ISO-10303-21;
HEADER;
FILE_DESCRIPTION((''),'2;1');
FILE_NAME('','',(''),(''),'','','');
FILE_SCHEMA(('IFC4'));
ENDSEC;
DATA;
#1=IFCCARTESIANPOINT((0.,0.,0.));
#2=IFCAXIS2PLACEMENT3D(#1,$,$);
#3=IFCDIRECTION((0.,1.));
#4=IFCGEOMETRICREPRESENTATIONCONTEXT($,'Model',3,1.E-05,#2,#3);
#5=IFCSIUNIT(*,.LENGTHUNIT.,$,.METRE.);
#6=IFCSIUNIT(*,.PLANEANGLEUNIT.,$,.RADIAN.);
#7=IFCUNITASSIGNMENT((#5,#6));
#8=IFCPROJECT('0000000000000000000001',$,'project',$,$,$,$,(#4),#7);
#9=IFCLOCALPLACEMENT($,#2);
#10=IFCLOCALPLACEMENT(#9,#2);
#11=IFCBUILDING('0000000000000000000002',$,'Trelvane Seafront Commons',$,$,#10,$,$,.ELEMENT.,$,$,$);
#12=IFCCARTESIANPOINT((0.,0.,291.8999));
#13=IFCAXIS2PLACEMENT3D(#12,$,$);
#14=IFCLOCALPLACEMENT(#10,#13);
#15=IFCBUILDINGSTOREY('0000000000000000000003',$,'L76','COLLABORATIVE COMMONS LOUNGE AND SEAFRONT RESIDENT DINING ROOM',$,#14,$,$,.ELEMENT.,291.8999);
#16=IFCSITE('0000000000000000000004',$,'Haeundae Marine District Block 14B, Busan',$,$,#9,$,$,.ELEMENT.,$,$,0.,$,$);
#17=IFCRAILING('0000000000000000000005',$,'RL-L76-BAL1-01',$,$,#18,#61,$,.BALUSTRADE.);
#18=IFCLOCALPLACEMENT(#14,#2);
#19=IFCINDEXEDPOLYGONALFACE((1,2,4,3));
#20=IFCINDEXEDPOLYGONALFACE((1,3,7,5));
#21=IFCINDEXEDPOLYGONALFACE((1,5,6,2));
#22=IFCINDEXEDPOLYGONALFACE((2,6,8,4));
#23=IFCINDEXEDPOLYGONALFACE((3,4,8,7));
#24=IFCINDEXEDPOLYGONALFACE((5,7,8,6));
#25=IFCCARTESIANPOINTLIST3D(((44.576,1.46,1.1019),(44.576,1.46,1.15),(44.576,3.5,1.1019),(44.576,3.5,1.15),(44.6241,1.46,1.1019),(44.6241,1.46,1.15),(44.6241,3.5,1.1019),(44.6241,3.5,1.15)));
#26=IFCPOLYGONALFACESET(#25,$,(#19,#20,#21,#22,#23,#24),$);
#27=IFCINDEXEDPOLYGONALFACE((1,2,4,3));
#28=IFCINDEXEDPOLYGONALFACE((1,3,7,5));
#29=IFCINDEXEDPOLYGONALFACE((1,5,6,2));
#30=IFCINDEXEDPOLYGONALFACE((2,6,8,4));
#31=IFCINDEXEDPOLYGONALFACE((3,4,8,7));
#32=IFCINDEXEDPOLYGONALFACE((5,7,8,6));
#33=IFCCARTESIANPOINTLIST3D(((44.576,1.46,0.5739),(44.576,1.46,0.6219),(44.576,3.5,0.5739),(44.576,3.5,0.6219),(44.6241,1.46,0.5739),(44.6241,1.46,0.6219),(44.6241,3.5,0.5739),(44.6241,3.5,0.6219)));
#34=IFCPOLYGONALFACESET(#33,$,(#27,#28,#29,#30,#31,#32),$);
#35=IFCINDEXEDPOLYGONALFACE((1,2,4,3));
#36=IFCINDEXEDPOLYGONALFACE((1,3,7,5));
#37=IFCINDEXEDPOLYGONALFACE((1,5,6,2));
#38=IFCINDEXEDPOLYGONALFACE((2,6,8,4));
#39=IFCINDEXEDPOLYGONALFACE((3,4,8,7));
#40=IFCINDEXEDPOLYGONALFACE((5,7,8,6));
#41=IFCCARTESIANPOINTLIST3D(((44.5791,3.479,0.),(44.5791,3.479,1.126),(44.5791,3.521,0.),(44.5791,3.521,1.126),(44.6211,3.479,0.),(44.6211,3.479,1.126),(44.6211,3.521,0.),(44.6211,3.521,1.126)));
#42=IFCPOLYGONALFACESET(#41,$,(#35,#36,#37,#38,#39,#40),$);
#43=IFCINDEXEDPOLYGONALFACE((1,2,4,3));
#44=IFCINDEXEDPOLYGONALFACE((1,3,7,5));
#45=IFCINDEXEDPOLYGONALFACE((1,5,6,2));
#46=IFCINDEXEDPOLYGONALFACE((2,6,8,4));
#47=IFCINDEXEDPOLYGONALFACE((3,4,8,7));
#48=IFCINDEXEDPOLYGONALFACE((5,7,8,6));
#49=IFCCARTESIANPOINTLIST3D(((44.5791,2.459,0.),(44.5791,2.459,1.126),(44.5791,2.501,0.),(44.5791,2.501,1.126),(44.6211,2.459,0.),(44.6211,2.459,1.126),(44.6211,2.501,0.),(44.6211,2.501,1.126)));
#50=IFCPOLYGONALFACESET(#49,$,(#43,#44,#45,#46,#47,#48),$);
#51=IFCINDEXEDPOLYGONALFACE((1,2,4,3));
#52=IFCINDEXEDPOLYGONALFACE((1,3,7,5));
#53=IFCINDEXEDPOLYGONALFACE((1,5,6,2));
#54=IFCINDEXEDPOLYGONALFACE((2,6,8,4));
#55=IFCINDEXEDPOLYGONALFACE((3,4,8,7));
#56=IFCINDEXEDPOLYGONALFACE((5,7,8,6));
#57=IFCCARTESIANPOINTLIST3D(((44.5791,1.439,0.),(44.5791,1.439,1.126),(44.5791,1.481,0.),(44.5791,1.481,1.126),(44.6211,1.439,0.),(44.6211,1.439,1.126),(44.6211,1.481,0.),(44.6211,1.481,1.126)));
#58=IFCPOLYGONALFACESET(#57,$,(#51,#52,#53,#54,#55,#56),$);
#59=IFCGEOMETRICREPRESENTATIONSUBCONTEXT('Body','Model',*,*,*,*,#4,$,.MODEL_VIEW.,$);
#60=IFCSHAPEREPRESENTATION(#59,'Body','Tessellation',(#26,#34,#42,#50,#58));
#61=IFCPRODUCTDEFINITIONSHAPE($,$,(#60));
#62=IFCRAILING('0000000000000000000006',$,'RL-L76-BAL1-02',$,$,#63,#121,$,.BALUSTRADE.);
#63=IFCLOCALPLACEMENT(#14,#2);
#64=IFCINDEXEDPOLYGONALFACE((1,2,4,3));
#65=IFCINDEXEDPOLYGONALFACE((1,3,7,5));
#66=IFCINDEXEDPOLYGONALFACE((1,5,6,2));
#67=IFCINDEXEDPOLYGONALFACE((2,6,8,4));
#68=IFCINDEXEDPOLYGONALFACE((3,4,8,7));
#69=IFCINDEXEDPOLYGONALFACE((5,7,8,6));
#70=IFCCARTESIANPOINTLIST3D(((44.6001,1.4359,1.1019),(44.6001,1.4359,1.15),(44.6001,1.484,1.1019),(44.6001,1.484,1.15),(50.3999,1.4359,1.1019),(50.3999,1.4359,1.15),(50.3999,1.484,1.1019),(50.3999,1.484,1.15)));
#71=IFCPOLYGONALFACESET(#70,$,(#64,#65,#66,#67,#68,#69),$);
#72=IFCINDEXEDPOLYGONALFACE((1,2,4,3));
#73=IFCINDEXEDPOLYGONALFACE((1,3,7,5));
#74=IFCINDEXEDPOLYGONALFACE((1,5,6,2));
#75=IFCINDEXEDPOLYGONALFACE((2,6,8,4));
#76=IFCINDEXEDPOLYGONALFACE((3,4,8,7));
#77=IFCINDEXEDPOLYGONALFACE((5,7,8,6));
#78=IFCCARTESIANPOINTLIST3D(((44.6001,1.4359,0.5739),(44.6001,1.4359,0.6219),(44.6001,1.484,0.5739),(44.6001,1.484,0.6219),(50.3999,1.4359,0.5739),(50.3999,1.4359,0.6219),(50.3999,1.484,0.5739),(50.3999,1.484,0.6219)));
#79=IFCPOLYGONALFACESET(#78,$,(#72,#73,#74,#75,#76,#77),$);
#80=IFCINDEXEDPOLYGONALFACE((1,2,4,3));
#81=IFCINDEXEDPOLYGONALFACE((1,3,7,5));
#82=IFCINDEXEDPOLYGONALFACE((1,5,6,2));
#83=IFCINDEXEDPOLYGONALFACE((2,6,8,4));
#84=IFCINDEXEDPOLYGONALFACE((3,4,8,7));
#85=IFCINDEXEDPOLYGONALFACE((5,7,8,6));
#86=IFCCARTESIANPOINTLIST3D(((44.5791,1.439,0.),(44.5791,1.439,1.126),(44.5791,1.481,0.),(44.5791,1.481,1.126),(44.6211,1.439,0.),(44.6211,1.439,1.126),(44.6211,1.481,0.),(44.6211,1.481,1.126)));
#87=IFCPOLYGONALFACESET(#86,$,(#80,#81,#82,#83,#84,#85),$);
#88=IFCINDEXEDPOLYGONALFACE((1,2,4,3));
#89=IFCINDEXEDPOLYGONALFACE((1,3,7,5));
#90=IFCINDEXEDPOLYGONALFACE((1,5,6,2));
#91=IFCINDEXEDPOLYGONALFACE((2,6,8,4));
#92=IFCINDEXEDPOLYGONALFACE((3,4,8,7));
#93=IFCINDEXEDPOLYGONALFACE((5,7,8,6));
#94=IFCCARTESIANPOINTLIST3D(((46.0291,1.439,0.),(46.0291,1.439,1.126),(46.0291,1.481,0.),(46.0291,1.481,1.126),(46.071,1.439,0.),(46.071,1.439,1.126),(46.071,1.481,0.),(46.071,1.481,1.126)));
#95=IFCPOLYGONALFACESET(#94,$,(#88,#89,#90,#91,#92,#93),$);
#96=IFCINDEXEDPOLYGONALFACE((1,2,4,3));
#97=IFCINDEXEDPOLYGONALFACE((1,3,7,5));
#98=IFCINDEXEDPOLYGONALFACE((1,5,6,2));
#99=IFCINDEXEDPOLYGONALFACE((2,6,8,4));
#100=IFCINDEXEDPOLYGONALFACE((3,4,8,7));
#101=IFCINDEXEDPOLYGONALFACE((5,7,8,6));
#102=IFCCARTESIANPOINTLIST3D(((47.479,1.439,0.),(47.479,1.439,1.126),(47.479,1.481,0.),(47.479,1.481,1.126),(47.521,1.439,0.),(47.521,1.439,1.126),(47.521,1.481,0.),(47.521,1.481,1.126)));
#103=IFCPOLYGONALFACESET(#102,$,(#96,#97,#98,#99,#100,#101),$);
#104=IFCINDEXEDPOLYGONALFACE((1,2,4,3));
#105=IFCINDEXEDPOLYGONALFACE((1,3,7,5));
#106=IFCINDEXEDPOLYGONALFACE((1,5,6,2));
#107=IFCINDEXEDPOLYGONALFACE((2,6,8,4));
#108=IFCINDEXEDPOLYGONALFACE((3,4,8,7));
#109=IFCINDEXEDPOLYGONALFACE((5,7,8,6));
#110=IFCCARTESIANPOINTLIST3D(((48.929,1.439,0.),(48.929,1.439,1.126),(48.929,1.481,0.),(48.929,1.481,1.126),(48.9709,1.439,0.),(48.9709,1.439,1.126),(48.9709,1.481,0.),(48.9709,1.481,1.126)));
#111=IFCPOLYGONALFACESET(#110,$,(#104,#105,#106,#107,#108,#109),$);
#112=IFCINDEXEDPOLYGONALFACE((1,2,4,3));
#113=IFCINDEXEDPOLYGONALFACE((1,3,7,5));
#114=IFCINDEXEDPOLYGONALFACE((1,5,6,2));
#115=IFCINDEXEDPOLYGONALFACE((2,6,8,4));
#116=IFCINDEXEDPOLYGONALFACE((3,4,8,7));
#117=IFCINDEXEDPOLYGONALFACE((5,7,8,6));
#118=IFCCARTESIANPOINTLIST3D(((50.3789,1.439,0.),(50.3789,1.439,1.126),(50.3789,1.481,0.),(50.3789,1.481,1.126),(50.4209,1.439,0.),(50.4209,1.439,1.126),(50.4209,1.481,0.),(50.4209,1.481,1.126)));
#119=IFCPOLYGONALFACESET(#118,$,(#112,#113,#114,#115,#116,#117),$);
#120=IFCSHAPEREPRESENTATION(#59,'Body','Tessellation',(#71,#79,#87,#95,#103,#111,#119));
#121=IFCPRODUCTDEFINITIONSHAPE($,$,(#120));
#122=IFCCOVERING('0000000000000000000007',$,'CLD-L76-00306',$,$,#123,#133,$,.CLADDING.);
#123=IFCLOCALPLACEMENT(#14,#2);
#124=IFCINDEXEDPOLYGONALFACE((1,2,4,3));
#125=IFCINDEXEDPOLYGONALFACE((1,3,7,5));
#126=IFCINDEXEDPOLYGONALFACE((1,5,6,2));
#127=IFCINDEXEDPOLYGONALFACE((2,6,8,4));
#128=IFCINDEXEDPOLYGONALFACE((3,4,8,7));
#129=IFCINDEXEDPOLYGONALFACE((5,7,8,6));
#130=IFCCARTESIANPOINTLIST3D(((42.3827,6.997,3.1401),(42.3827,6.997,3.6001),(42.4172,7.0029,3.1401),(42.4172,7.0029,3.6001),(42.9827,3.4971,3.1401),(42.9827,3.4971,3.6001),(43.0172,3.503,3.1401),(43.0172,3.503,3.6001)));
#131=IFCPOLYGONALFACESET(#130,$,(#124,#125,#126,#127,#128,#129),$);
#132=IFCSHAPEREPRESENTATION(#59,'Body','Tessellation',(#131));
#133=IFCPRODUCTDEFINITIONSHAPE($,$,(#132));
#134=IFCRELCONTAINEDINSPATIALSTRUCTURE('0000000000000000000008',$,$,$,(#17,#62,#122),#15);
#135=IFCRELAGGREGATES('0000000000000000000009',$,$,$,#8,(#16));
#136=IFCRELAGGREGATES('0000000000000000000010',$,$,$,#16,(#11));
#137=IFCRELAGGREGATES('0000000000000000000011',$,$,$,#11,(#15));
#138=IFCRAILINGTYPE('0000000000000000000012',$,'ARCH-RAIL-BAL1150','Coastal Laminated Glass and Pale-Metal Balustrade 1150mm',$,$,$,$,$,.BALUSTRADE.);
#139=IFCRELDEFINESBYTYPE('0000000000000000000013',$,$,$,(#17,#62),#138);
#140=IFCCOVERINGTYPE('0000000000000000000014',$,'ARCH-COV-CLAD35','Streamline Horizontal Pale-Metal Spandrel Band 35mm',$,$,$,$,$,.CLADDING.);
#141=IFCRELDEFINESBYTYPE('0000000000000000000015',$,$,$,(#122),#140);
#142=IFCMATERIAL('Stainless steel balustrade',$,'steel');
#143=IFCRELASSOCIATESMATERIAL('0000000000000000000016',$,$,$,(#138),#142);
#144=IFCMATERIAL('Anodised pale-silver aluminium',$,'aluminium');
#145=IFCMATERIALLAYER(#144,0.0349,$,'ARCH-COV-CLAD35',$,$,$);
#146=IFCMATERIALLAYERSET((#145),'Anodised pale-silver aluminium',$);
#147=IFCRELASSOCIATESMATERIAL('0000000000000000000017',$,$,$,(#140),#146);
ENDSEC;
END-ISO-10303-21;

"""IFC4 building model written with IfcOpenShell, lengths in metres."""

from ifc_helpers import new_model, si_unit, direction, frame, origin, origin_2d, place, context, subcontext, project, spatial, rectangle, extrude, source, transform, mapped, material, layer, layer_set, type_object, element, save


model = new_model("IFC4")

# Units and contexts
model_context = context("Model", 3, precision=1e-05, world=origin(), true_north=direction((0.0, 1.0)))
body_context = subcontext(model_context, "Body", "Model", "MODEL_VIEW")
ifc_project = project(units=[si_unit("LENGTHUNIT", "METRE"), si_unit("PLANEANGLEUNIT", "RADIAN")], contexts=[model_context])

# Site, building, storey
site_placement = place(None, origin())
site = spatial("IfcSite", under=ifc_project, at=site_placement, Name="Haeundae Marine District Block 14B, Busan", CompositionType="ELEMENT", RefElevation=0.0)
building_placement = place(site_placement, origin())
building = spatial("IfcBuilding", under=site, at=building_placement, Name="Trelvane Seafront Commons", CompositionType="ELEMENT")
storey_placement = place(building_placement, frame((0.0, 0.0, 291.8999)))
storey = spatial("IfcBuildingStorey", under=building, at=storey_placement, Name="L76", Description="COLLABORATIVE COMMONS LOUNGE AND SEAFRONT RESIDENT DINING ROOM", CompositionType="ELEMENT", Elevation=291.8999)

# Shared definitions
ifc_material_1 = material(Name="Anodised pale-silver aluminium", Category="aluminium")

# Railings
ifc_material_2 = material(Name="Stainless steel balustrade", Category="steel")
railing_type = type_object("IfcRailingType", Name="ARCH-RAIL-BAL1150", Description="Coastal Laminated Glass and Pale-Metal Balustrade 1150mm", PredefinedType="BALUSTRADE", material=ifc_material_2)
railing_1_placement = place(storey_placement, frame((44.6001, 3.5, 0.0)))
element("IfcRailing", 1, at=railing_1_placement, inside=storey, type_object=railing_type, Name="RL-L76-BAL1-01", PredefinedType="BALUSTRADE", context=body_context, shape_type="SweptSolid", body=[
    extrude(rectangle(XDim=0.0481, YDim=0.0481, at=origin_2d()), frame((0.0, 0.0, 1.126), z_axis=(0.0, -1.0, 0.0), x_axis=(1.0, 0.0, 0.0)), (0.0, 0.0, 1.0), 2.04),
    extrude(rectangle(XDim=0.0481, YDim=0.0481, at=origin_2d()), frame((0.0, 0.0, 0.5979), z_axis=(0.0, -1.0, 0.0), x_axis=(1.0, 0.0, 0.0)), (0.0, 0.0, 1.0), 2.04),
    extrude(rectangle(XDim=0.042, YDim=0.042, at=origin_2d()), origin(), (0.0, 0.0, 1.0), 1.126),
    extrude(rectangle(XDim=0.042, YDim=0.042, at=origin_2d()), frame((0.0, -1.02, 0.0)), (0.0, 0.0, 1.0), 1.126),
    extrude(rectangle(XDim=0.042, YDim=0.042, at=origin_2d()), frame((0.0, -2.04, 0.0)), (0.0, 0.0, 1.0), 1.126),
])
railing_2_placement = place(storey_placement, frame((44.6001, 1.46, 0.0)))
element("IfcRailing", 2, at=railing_2_placement, inside=storey, type_object=railing_type, Name="RL-L76-BAL1-02", PredefinedType="BALUSTRADE", context=body_context, shape_type="SweptSolid", body=[
    extrude(rectangle(XDim=0.0481, YDim=0.0481, at=origin_2d()), frame((0.0, 0.0, 1.126), z_axis=(1.0, 0.0, 0.0), x_axis=(0.0, 1.0, 0.0)), (0.0, 0.0, 1.0), 5.7998),
    extrude(rectangle(XDim=0.0481, YDim=0.0481, at=origin_2d()), frame((0.0, 0.0, 0.5979), z_axis=(1.0, 0.0, 0.0), x_axis=(0.0, 1.0, 0.0)), (0.0, 0.0, 1.0), 5.7998),
    extrude(rectangle(XDim=0.042, YDim=0.042, at=origin_2d()), origin(), (0.0, 0.0, 1.0), 1.126),
    extrude(rectangle(XDim=0.042, YDim=0.042, at=origin_2d()), frame((1.45, 0.0, 0.0)), (0.0, 0.0, 1.0), 1.126),
    extrude(rectangle(XDim=0.042, YDim=0.042, at=origin_2d()), frame((2.8999, 0.0, 0.0)), (0.0, 0.0, 1.0), 1.126),
    extrude(rectangle(XDim=0.042, YDim=0.042, at=origin_2d()), frame((4.3499, 0.0, 0.0)), (0.0, 0.0, 1.0), 1.126),
    extrude(rectangle(XDim=0.042, YDim=0.042, at=origin_2d()), frame((5.7998, 0.0, 0.0)), (0.0, 0.0, 1.0), 1.126),
])

# Covering
ifc_layer_1 = layer(ifc_material_1, 0.0349, Name="ARCH-COV-CLAD35")
ifc_layer_set_1 = layer_set([ifc_layer_1], Name="Anodised pale-silver aluminium")
covering_type = type_object("IfcCoveringType", Name="ARCH-COV-CLAD35", Description="Streamline Horizontal Pale-Metal Spandrel Band 35mm", PredefinedType="CLADDING", material=ifc_layer_set_1)
shared_shape_1 = source(origin(), body_context, "Body", "SweptSolid", [
    extrude(rectangle(XDim=3.551, YDim=0.0349, at=origin_2d()), origin(), (0.0, 0.0, 1.0), 0.46),
])
covering_placement = place(storey_placement, frame((42.7, 5.25, 3.1401), z_axis=(0.0, 0.0, 1.0), x_axis=(-0.168964, 0.985622, 0.0)))
element("IfcCovering", 3, at=covering_placement, inside=storey, type_object=covering_type, Name="CLD-L76-00306", PredefinedType="CLADDING", context=body_context, shape_type="MappedRepresentation", body=[
    mapped(shared_shape_1, transform((0.0, 0.0, 0.0), x_axis=(1.0, 0.0, 0.0), y_axis=(0.0, 1.0, 0.0), z_axis=(0.0, 0.0, 1.0), scale=1.0)),
])

save(model, "model.ifc")
